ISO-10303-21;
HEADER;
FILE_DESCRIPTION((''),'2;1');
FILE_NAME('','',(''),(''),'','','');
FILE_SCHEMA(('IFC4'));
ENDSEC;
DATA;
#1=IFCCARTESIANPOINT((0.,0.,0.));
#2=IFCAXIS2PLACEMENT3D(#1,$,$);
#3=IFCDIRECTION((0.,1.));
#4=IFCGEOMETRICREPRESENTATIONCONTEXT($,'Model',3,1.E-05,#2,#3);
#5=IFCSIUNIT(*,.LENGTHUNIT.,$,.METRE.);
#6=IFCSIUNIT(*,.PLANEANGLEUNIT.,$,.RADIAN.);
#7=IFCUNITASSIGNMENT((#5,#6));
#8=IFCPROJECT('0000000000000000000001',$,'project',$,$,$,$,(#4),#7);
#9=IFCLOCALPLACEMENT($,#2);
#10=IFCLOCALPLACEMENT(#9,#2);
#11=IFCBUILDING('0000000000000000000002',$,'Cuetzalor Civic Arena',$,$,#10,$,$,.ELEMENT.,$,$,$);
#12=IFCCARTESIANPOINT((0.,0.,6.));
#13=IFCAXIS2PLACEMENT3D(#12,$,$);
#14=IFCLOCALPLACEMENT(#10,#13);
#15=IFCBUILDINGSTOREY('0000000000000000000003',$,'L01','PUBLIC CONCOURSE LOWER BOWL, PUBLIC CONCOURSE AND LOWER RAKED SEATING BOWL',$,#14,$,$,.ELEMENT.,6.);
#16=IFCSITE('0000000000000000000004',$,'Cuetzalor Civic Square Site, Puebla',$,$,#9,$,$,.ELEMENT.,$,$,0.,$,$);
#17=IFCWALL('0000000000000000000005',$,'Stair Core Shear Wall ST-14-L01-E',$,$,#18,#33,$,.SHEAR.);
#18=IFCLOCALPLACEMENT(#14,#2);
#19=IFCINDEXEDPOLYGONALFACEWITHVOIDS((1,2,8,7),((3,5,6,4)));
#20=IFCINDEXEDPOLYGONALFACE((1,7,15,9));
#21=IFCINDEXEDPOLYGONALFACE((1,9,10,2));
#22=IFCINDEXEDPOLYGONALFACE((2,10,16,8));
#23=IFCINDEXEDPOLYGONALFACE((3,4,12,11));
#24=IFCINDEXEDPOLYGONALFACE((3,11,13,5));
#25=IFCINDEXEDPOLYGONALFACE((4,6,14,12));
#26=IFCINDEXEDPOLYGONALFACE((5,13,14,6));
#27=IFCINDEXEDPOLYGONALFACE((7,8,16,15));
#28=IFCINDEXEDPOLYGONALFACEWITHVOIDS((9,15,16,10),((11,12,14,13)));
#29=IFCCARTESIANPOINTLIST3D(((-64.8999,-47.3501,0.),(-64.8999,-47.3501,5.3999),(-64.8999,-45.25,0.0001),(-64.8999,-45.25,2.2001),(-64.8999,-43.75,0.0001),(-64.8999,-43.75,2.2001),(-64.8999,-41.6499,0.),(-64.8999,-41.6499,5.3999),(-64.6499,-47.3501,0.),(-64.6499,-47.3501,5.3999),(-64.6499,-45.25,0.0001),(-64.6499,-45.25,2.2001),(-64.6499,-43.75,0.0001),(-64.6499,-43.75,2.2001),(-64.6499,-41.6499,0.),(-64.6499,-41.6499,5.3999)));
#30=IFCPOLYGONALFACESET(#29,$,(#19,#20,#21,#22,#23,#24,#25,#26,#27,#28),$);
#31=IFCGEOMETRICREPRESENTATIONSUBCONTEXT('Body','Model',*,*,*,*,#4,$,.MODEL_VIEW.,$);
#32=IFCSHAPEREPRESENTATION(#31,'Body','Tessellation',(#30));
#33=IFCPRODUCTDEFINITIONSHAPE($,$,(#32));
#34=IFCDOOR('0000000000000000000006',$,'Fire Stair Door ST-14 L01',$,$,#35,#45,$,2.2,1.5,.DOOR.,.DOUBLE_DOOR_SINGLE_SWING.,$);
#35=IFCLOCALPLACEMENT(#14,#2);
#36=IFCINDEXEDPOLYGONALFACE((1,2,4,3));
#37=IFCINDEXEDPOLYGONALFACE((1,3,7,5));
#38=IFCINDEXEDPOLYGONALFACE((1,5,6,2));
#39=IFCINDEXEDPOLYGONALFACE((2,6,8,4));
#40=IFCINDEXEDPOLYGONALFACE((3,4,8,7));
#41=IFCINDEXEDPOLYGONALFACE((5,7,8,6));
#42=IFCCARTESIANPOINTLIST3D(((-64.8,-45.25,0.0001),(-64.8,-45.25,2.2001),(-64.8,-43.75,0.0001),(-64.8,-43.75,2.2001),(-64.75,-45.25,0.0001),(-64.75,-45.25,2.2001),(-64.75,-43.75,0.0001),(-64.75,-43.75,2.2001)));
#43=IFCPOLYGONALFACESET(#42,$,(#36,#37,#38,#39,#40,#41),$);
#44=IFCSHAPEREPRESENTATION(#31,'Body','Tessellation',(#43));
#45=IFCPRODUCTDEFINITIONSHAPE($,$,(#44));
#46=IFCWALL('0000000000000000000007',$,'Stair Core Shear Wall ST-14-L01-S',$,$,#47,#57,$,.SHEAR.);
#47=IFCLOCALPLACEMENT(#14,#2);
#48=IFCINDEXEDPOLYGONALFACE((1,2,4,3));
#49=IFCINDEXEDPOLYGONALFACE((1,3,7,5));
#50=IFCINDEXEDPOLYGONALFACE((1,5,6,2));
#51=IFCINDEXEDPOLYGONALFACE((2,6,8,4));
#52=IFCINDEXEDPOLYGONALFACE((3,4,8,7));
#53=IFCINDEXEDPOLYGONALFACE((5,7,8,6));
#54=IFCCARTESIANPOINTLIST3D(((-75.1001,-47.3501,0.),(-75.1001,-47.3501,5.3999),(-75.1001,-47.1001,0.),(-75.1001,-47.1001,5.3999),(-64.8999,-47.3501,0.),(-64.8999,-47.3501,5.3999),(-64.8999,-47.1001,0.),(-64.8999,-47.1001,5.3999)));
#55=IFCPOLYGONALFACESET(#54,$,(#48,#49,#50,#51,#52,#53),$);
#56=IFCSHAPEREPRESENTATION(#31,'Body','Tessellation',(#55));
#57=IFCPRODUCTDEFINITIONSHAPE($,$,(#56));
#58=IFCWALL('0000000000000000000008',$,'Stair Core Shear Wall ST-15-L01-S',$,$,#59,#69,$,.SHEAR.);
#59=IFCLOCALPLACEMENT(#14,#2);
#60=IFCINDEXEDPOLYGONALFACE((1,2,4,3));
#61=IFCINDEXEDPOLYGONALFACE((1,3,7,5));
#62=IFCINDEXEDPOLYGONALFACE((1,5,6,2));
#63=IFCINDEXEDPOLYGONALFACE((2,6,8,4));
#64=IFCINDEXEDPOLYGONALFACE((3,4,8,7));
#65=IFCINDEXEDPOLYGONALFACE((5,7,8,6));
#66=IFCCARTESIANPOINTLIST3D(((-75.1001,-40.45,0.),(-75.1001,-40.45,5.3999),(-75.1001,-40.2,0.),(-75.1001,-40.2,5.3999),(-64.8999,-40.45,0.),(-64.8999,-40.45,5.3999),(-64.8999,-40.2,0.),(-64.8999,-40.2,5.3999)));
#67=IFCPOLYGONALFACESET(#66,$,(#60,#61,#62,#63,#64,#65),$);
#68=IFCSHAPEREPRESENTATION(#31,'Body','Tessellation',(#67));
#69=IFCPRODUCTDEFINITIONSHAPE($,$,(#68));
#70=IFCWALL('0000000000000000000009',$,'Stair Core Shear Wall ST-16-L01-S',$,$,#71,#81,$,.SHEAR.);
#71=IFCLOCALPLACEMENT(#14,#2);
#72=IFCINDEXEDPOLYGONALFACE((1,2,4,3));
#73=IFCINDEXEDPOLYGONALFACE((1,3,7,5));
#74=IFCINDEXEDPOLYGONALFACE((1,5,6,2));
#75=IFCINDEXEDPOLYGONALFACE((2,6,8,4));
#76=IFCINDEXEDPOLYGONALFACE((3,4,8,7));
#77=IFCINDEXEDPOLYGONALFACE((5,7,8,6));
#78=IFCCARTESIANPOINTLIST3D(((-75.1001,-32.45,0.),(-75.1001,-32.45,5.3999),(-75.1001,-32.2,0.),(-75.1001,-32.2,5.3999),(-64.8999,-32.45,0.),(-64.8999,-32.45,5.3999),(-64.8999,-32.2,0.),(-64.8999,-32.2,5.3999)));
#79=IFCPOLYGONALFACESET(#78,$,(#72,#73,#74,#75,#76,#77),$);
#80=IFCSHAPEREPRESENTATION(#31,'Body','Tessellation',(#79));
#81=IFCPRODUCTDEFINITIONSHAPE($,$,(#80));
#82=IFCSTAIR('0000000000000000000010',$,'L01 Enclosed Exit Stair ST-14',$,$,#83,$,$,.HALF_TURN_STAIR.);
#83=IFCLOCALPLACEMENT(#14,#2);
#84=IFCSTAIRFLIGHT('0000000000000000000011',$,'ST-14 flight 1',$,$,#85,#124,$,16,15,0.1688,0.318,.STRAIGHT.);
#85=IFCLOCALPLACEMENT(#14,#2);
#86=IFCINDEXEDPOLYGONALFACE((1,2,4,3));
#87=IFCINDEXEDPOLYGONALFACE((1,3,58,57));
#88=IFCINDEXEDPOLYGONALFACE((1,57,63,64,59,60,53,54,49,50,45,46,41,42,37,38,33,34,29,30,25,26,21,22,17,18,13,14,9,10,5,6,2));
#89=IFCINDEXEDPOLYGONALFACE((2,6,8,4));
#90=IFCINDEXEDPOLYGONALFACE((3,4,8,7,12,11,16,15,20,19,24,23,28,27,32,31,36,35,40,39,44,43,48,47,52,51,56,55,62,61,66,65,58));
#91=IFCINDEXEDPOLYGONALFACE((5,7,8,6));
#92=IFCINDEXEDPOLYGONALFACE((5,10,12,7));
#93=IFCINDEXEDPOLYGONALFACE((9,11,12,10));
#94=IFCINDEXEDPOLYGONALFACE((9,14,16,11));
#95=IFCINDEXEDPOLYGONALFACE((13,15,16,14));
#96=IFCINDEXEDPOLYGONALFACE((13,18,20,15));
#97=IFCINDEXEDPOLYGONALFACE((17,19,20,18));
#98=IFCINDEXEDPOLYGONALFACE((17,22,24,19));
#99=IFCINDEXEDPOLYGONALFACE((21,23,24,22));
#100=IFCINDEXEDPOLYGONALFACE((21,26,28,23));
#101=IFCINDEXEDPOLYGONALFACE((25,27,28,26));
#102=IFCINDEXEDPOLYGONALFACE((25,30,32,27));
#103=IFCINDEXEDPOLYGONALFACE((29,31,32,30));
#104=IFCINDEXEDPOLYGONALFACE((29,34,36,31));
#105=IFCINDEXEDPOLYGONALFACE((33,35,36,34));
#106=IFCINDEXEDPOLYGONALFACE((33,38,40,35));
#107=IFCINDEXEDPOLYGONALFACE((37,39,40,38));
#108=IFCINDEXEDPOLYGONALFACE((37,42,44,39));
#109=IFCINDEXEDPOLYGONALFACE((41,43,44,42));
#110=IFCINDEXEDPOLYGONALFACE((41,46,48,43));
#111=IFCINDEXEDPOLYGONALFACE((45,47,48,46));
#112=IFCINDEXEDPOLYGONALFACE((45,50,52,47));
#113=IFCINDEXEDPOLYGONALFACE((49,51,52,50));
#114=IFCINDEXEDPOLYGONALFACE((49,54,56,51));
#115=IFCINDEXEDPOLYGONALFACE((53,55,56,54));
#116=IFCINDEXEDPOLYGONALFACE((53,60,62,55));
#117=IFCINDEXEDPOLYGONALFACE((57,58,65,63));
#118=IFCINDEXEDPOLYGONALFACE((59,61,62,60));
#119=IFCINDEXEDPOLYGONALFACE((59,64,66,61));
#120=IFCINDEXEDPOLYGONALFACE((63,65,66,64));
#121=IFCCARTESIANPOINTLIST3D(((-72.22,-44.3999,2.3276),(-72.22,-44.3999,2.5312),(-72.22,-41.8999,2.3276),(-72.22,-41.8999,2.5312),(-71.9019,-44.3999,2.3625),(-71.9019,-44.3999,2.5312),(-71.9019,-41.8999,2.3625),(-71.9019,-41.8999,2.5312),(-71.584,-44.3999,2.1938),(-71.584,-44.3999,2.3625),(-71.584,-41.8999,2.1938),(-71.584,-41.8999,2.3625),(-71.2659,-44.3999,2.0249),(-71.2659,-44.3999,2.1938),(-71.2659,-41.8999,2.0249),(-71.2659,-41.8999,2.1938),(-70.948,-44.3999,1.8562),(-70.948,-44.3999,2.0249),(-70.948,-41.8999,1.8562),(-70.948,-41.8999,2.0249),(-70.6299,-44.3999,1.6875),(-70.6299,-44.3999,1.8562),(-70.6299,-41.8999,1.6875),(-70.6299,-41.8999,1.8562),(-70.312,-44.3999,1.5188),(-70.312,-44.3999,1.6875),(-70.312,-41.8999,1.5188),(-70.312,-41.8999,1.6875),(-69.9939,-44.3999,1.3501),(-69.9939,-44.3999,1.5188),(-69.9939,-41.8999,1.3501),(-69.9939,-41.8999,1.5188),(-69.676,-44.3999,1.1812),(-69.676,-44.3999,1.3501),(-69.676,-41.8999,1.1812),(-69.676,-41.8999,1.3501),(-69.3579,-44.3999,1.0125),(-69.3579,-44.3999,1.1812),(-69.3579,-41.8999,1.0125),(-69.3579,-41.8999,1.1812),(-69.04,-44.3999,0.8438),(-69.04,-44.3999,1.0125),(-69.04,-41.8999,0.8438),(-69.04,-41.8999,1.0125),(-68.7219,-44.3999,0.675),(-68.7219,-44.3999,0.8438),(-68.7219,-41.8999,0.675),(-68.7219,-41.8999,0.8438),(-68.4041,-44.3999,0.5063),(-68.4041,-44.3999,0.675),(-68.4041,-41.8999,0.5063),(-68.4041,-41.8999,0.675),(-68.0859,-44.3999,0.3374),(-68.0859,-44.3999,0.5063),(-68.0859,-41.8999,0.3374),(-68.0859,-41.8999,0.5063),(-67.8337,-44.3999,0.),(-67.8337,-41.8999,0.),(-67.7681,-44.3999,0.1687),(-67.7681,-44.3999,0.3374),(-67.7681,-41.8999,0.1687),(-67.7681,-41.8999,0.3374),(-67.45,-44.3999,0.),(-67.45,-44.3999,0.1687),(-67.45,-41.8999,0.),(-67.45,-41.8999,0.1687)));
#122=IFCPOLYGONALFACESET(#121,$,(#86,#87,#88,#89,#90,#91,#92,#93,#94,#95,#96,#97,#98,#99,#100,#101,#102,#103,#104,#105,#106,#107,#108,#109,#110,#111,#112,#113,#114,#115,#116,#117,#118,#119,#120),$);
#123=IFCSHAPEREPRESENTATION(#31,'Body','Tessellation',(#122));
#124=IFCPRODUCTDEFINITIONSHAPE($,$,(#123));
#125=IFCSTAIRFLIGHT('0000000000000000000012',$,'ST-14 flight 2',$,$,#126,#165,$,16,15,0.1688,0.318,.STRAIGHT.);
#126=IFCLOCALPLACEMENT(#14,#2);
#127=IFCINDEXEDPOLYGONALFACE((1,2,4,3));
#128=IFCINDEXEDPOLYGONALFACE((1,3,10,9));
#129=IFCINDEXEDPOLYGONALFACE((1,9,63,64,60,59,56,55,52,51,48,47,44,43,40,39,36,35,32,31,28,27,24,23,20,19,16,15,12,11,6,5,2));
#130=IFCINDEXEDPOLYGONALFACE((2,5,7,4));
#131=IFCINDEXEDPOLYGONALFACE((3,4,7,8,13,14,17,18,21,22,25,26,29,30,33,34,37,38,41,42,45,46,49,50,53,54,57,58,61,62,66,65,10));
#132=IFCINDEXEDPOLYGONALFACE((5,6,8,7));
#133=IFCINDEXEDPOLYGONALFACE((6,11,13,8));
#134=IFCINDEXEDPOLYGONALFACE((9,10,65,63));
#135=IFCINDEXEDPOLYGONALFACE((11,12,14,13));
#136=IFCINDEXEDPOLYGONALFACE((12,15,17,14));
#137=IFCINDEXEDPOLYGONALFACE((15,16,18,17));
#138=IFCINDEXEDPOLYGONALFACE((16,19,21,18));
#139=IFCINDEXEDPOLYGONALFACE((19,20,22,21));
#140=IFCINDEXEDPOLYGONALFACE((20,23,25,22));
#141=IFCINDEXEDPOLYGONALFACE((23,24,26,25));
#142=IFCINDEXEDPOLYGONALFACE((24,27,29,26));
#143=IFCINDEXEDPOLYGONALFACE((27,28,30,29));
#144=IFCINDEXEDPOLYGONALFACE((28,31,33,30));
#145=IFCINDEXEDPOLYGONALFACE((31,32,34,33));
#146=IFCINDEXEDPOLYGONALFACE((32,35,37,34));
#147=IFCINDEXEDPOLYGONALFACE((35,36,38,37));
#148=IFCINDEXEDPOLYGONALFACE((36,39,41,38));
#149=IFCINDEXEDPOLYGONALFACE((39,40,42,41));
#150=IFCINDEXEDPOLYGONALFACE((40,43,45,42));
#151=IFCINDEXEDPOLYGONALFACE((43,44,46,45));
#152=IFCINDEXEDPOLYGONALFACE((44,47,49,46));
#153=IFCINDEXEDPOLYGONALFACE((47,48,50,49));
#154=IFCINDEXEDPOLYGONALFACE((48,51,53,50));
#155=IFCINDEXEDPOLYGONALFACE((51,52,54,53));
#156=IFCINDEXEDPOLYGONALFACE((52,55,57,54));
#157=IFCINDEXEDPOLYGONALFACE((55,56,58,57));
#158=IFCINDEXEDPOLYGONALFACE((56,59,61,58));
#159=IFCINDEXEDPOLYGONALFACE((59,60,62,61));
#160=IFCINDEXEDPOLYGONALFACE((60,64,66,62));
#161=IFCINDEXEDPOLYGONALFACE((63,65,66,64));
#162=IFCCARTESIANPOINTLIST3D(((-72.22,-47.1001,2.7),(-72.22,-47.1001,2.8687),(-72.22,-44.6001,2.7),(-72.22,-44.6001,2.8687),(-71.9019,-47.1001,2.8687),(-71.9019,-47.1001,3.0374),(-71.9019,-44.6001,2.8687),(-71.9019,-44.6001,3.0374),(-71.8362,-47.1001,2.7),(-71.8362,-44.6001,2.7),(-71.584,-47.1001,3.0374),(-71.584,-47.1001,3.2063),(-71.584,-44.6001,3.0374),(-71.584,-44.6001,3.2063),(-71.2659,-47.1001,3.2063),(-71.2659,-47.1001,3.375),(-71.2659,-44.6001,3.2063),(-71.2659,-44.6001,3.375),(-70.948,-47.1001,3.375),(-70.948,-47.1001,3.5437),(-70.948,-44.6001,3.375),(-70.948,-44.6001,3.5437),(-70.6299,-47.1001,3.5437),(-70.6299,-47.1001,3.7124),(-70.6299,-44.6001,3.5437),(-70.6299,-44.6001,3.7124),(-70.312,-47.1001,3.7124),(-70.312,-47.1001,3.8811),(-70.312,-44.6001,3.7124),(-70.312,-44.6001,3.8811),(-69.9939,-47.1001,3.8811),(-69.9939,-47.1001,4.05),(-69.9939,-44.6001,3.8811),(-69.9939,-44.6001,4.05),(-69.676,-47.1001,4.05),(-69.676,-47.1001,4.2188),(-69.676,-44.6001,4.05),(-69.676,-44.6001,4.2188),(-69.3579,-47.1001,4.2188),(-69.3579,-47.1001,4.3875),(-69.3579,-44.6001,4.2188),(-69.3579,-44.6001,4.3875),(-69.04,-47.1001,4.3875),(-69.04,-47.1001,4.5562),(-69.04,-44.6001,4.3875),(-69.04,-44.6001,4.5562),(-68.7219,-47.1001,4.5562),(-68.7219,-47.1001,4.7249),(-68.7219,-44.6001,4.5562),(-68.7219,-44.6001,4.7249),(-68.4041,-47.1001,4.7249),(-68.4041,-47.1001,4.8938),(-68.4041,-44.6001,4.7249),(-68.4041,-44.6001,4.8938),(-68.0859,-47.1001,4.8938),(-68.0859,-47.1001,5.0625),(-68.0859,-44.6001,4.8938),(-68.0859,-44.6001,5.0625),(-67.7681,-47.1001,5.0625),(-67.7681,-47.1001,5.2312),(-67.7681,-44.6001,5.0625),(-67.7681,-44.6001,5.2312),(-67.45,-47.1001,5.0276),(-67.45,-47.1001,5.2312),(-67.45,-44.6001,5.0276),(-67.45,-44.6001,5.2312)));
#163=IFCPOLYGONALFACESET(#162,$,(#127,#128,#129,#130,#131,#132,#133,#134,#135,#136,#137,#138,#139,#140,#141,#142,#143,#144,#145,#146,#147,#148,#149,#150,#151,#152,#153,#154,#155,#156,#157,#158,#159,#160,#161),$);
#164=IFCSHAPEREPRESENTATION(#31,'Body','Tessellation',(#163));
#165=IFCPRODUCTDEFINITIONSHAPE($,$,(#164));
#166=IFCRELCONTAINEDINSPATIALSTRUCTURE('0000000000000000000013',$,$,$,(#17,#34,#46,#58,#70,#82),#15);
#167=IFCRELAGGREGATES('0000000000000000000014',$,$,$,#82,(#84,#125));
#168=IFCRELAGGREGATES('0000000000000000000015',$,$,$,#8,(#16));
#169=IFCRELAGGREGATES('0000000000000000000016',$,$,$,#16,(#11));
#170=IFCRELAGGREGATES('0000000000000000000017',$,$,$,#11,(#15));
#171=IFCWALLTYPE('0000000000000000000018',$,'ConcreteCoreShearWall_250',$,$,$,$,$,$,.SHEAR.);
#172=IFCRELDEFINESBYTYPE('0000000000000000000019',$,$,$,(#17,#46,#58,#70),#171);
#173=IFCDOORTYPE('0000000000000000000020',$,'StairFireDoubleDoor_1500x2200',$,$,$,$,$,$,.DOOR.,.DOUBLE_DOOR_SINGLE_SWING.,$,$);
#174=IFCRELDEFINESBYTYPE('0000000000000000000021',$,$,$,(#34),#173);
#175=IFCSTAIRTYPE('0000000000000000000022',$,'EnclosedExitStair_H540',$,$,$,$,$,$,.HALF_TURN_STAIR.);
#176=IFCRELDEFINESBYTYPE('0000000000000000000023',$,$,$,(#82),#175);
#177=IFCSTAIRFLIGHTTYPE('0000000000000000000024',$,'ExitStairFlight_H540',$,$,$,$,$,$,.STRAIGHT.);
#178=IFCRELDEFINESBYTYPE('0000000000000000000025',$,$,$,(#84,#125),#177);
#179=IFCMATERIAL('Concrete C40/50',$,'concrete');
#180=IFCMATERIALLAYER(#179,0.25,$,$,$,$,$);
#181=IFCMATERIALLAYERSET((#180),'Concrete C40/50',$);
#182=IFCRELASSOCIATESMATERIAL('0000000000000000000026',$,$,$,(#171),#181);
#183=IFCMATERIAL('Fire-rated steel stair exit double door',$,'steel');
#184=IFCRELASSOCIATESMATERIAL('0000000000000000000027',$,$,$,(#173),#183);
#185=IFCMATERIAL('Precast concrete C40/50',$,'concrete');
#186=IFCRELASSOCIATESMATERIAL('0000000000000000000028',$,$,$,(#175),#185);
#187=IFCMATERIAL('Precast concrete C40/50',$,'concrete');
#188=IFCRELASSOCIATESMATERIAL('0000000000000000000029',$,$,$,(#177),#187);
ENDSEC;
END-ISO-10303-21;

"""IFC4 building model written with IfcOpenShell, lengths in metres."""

from ifc_helpers import new_model, si_unit, direction, frame, frame_2d, origin, place, context, subcontext, project, spatial, polyline, rectangle, outline, extrude, material, layer, layer_set, type_object, element, fill, aggregate, save


model = new_model("IFC4")

# Units and contexts
model_context = context("Model", 3, precision=1e-05, world=origin(), true_north=direction((0.0, 1.0)))
body_context = subcontext(model_context, "Body", "Model", "MODEL_VIEW")
ifc_project = project(units=[si_unit("LENGTHUNIT", "METRE"), si_unit("PLANEANGLEUNIT", "RADIAN")], contexts=[model_context])

# Site, building, storey
site_placement = place(None, origin())
site = spatial("IfcSite", under=ifc_project, at=site_placement, Name="Cuetzalor Civic Square Site, Puebla", CompositionType="ELEMENT", RefElevation=0.0)
building_placement = place(site_placement, origin())
building = spatial("IfcBuilding", under=site, at=building_placement, Name="Cuetzalor Civic Arena", CompositionType="ELEMENT")
storey_placement = place(building_placement, frame((0.0, 0.0, 6.0)))
storey = spatial("IfcBuildingStorey", under=building, at=storey_placement, Name="L01", Description="PUBLIC CONCOURSE LOWER BOWL, PUBLIC CONCOURSE AND LOWER RAKED SEATING BOWL", CompositionType="ELEMENT", Elevation=6.0)

# Wall, opening, door
ifc_material_1 = material(Name="Concrete C40/50", Category="concrete")
ifc_layer = layer(ifc_material_1, 0.25)
ifc_layer_set = layer_set([ifc_layer], Name="Concrete C40/50")
wall_type = type_object("IfcWallType", Name="ConcreteCoreShearWall_250", PredefinedType="SHEAR", material=ifc_layer_set)
wall_placement = place(storey_placement, frame((-64.7749, -41.6499, 0.0), z_axis=(0.0, 0.0, 1.0), x_axis=(0.0, -1.0, 0.0)))
wall = element("IfcWall", 1, at=wall_placement, inside=storey, type_object=wall_type, Name="Stair Core Shear Wall ST-14-L01-E", PredefinedType="SHEAR", context=body_context, shape_type="SweptSolid", body=[
    extrude(rectangle(XDim=5.7002, YDim=0.25, at=frame_2d((2.8501, 0.0))), origin(), (0.0, 0.0, 1.0), 5.3999),
])
opening_placement = place(wall_placement, frame((2.1001, 0.0, 0.0)))
opening = element("IfcOpeningElement", 2, at=opening_placement, cuts=wall, PredefinedType="OPENING", context=body_context, shape_type="SweptSolid", body=[
    extrude(rectangle(XDim=1.5, YDim=2.2, at=frame_2d((0.75, 1.1001))), frame((0.0, 0.135, 0.0), z_axis=(0.0, -1.0, 0.0), x_axis=(1.0, 0.0, 0.0)), (0.0, 0.0, 1.0), 0.27),
])
ifc_material_2 = material(Name="Fire-rated steel stair exit double door", Category="steel")
door_type = type_object("IfcDoorType", Name="StairFireDoubleDoor_1500x2200", OperationType="DOUBLE_DOOR_SINGLE_SWING", PredefinedType="DOOR", material=ifc_material_2)
door_placement = place(opening_placement, origin())
door = element("IfcDoor", 3, at=door_placement, inside=storey, type_object=door_type, Name="Fire Stair Door ST-14 L01", OperationType="DOUBLE_DOOR_SINGLE_SWING", OverallHeight=2.2, OverallWidth=1.5, PredefinedType="DOOR", context=body_context, shape_type="SweptSolid", body=[
    extrude(rectangle(XDim=1.5, YDim=2.2, at=frame_2d((0.75, 1.1001))), frame((0.0, 0.0249, 0.0), z_axis=(0.0, -1.0, 0.0), x_axis=(1.0, 0.0, 0.0)), (0.0, 0.0, 1.0), 0.05),
])
fill(opening, door)

# Walls
for number, where, z_axis, x_axis, name in (
    (4, (-64.8999, -47.2251, 0.0), (0.0, 0.0, 1.0), (-1.0, 0.0, 0.0), "Stair Core Shear Wall ST-14-L01-S"),
    (5, (-64.8999, -40.325, 0.0), (0.0, 0.0, 1.0), (-1.0, 0.0, 0.0), "Stair Core Shear Wall ST-15-L01-S"),
    (6, (-64.8999, -32.325, 0.0), (0.0, 0.0, 1.0), (-1.0, 0.0, 0.0), "Stair Core Shear Wall ST-16-L01-S"),
):
    element("IfcWall", number, at=place(storey_placement, frame(where, z_axis=z_axis, x_axis=x_axis)), inside=storey, type_object=wall_type, Name=name, PredefinedType="SHEAR", context=body_context, shape_type="SweptSolid", body=[
        extrude(rectangle(XDim=10.2002, YDim=0.25, at=frame_2d((5.1001, 0.0))), origin(), (0.0, 0.0, 1.0), 5.3999),
    ])

# Stair, stair flights
ifc_material_3 = material(Name="Precast concrete C40/50", Category="concrete")
stair_type = type_object("IfcStairType", Name="EnclosedExitStair_H540", PredefinedType="HALF_TURN_STAIR", material=ifc_material_3)
stair_1_placement = place(storey_placement, origin())
stair_1 = element("IfcStair", 7, at=stair_1_placement, inside=storey, type_object=stair_type, Name="L01 Enclosed Exit Stair ST-14", PredefinedType="HALF_TURN_STAIR")
ifc_material_4 = material(Name="Precast concrete C40/50", Category="concrete")
stair_flight_type = type_object("IfcStairFlightType", Name="ExitStairFlight_H540", PredefinedType="STRAIGHT", material=ifc_material_4)
stair_flight_1_placement = place(storey_placement, frame((-67.45, -43.1499, 0.0), z_axis=(0.0, 0.0, 1.0), x_axis=(-1.0, 0.0, 0.0)))
stair_flight_1 = element("IfcStairFlight", 8, at=stair_flight_1_placement, type_object=stair_flight_type, Name="ST-14 flight 1", NumberOfRisers=16, NumberOfTreads=15, PredefinedType="STRAIGHT", RiserHeight=0.1688, TreadLength=0.318, context=body_context, shape_type="SweptSolid", body=[
    extrude(outline(polyline([(0.0, 0.0), (0.0, 0.1687), (0.3181, 0.1687), (0.3181, 0.3374), (0.636, 0.3374), (0.636, 0.5063), (0.9541, 0.5063), (0.9541, 0.675), (1.272, 0.675), (1.272, 0.8438), (1.5901, 0.8438), (1.5901, 1.0125), (1.908, 1.0125), (1.908, 1.1812), (2.2261, 1.1812), (2.2261, 1.3501), (2.5439, 1.3501), (2.5439, 1.5188), (2.8621, 1.5188), (2.8621, 1.6875), (3.1799, 1.6875), (3.1799, 1.8562), (3.498, 1.8562), (3.498, 2.0249), (3.8159, 2.0249), (3.8159, 2.1938), (4.134, 2.1938), (4.134, 2.3625), (4.4519, 2.3625), (4.4519, 2.5312), (4.77, 2.5312), (4.77, 2.7), (4.77, 2.3276), (0.3838, 0.0), (0.0, 0.0)])), frame((0.0, 1.25, 0.0), z_axis=(0.0, -1.0, 0.0), x_axis=(1.0, 0.0, 0.0)), (0.0, 0.0, 1.0), 2.5),
])
stair_flight_2_placement = place(storey_placement, frame((-72.22, -45.8501, 2.7), z_axis=(0.0, 0.0, 1.0), x_axis=(1.0, 0.0, 0.0)))
stair_flight_2 = element("IfcStairFlight", 9, at=stair_flight_2_placement, type_object=stair_flight_type, Name="ST-14 flight 2", NumberOfRisers=16, NumberOfTreads=15, PredefinedType="STRAIGHT", RiserHeight=0.1688, TreadLength=0.318, context=body_context, shape_type="SweptSolid", body=[
    extrude(outline(polyline([(0.0, 0.0), (0.0, 0.1687), (0.3181, 0.1687), (0.3181, 0.3374), (0.636, 0.3374), (0.636, 0.5063), (0.9541, 0.5063), (0.9541, 0.675), (1.272, 0.675), (1.272, 0.8438), (1.5901, 0.8438), (1.5901, 1.0125), (1.908, 1.0125), (1.908, 1.1812), (2.2261, 1.1812), (2.2261, 1.3501), (2.5439, 1.3501), (2.5439, 1.5188), (2.8621, 1.5188), (2.8621, 1.6875), (3.1799, 1.6875), (3.1799, 1.8562), (3.498, 1.8562), (3.498, 2.0249), (3.8159, 2.0249), (3.8159, 2.1938), (4.134, 2.1938), (4.134, 2.3625), (4.4519, 2.3625), (4.4519, 2.5312), (4.77, 2.5312), (4.77, 2.7), (4.77, 2.3276), (0.3838, 0.0), (0.0, 0.0)])), frame((0.0, 1.25, 0.0), z_axis=(0.0, -1.0, 0.0), x_axis=(1.0, 0.0, 0.0)), (0.0, 0.0, 1.0), 2.5),
])
aggregate(stair_1, [stair_flight_1, stair_flight_2])

save(model, "model.ifc")
